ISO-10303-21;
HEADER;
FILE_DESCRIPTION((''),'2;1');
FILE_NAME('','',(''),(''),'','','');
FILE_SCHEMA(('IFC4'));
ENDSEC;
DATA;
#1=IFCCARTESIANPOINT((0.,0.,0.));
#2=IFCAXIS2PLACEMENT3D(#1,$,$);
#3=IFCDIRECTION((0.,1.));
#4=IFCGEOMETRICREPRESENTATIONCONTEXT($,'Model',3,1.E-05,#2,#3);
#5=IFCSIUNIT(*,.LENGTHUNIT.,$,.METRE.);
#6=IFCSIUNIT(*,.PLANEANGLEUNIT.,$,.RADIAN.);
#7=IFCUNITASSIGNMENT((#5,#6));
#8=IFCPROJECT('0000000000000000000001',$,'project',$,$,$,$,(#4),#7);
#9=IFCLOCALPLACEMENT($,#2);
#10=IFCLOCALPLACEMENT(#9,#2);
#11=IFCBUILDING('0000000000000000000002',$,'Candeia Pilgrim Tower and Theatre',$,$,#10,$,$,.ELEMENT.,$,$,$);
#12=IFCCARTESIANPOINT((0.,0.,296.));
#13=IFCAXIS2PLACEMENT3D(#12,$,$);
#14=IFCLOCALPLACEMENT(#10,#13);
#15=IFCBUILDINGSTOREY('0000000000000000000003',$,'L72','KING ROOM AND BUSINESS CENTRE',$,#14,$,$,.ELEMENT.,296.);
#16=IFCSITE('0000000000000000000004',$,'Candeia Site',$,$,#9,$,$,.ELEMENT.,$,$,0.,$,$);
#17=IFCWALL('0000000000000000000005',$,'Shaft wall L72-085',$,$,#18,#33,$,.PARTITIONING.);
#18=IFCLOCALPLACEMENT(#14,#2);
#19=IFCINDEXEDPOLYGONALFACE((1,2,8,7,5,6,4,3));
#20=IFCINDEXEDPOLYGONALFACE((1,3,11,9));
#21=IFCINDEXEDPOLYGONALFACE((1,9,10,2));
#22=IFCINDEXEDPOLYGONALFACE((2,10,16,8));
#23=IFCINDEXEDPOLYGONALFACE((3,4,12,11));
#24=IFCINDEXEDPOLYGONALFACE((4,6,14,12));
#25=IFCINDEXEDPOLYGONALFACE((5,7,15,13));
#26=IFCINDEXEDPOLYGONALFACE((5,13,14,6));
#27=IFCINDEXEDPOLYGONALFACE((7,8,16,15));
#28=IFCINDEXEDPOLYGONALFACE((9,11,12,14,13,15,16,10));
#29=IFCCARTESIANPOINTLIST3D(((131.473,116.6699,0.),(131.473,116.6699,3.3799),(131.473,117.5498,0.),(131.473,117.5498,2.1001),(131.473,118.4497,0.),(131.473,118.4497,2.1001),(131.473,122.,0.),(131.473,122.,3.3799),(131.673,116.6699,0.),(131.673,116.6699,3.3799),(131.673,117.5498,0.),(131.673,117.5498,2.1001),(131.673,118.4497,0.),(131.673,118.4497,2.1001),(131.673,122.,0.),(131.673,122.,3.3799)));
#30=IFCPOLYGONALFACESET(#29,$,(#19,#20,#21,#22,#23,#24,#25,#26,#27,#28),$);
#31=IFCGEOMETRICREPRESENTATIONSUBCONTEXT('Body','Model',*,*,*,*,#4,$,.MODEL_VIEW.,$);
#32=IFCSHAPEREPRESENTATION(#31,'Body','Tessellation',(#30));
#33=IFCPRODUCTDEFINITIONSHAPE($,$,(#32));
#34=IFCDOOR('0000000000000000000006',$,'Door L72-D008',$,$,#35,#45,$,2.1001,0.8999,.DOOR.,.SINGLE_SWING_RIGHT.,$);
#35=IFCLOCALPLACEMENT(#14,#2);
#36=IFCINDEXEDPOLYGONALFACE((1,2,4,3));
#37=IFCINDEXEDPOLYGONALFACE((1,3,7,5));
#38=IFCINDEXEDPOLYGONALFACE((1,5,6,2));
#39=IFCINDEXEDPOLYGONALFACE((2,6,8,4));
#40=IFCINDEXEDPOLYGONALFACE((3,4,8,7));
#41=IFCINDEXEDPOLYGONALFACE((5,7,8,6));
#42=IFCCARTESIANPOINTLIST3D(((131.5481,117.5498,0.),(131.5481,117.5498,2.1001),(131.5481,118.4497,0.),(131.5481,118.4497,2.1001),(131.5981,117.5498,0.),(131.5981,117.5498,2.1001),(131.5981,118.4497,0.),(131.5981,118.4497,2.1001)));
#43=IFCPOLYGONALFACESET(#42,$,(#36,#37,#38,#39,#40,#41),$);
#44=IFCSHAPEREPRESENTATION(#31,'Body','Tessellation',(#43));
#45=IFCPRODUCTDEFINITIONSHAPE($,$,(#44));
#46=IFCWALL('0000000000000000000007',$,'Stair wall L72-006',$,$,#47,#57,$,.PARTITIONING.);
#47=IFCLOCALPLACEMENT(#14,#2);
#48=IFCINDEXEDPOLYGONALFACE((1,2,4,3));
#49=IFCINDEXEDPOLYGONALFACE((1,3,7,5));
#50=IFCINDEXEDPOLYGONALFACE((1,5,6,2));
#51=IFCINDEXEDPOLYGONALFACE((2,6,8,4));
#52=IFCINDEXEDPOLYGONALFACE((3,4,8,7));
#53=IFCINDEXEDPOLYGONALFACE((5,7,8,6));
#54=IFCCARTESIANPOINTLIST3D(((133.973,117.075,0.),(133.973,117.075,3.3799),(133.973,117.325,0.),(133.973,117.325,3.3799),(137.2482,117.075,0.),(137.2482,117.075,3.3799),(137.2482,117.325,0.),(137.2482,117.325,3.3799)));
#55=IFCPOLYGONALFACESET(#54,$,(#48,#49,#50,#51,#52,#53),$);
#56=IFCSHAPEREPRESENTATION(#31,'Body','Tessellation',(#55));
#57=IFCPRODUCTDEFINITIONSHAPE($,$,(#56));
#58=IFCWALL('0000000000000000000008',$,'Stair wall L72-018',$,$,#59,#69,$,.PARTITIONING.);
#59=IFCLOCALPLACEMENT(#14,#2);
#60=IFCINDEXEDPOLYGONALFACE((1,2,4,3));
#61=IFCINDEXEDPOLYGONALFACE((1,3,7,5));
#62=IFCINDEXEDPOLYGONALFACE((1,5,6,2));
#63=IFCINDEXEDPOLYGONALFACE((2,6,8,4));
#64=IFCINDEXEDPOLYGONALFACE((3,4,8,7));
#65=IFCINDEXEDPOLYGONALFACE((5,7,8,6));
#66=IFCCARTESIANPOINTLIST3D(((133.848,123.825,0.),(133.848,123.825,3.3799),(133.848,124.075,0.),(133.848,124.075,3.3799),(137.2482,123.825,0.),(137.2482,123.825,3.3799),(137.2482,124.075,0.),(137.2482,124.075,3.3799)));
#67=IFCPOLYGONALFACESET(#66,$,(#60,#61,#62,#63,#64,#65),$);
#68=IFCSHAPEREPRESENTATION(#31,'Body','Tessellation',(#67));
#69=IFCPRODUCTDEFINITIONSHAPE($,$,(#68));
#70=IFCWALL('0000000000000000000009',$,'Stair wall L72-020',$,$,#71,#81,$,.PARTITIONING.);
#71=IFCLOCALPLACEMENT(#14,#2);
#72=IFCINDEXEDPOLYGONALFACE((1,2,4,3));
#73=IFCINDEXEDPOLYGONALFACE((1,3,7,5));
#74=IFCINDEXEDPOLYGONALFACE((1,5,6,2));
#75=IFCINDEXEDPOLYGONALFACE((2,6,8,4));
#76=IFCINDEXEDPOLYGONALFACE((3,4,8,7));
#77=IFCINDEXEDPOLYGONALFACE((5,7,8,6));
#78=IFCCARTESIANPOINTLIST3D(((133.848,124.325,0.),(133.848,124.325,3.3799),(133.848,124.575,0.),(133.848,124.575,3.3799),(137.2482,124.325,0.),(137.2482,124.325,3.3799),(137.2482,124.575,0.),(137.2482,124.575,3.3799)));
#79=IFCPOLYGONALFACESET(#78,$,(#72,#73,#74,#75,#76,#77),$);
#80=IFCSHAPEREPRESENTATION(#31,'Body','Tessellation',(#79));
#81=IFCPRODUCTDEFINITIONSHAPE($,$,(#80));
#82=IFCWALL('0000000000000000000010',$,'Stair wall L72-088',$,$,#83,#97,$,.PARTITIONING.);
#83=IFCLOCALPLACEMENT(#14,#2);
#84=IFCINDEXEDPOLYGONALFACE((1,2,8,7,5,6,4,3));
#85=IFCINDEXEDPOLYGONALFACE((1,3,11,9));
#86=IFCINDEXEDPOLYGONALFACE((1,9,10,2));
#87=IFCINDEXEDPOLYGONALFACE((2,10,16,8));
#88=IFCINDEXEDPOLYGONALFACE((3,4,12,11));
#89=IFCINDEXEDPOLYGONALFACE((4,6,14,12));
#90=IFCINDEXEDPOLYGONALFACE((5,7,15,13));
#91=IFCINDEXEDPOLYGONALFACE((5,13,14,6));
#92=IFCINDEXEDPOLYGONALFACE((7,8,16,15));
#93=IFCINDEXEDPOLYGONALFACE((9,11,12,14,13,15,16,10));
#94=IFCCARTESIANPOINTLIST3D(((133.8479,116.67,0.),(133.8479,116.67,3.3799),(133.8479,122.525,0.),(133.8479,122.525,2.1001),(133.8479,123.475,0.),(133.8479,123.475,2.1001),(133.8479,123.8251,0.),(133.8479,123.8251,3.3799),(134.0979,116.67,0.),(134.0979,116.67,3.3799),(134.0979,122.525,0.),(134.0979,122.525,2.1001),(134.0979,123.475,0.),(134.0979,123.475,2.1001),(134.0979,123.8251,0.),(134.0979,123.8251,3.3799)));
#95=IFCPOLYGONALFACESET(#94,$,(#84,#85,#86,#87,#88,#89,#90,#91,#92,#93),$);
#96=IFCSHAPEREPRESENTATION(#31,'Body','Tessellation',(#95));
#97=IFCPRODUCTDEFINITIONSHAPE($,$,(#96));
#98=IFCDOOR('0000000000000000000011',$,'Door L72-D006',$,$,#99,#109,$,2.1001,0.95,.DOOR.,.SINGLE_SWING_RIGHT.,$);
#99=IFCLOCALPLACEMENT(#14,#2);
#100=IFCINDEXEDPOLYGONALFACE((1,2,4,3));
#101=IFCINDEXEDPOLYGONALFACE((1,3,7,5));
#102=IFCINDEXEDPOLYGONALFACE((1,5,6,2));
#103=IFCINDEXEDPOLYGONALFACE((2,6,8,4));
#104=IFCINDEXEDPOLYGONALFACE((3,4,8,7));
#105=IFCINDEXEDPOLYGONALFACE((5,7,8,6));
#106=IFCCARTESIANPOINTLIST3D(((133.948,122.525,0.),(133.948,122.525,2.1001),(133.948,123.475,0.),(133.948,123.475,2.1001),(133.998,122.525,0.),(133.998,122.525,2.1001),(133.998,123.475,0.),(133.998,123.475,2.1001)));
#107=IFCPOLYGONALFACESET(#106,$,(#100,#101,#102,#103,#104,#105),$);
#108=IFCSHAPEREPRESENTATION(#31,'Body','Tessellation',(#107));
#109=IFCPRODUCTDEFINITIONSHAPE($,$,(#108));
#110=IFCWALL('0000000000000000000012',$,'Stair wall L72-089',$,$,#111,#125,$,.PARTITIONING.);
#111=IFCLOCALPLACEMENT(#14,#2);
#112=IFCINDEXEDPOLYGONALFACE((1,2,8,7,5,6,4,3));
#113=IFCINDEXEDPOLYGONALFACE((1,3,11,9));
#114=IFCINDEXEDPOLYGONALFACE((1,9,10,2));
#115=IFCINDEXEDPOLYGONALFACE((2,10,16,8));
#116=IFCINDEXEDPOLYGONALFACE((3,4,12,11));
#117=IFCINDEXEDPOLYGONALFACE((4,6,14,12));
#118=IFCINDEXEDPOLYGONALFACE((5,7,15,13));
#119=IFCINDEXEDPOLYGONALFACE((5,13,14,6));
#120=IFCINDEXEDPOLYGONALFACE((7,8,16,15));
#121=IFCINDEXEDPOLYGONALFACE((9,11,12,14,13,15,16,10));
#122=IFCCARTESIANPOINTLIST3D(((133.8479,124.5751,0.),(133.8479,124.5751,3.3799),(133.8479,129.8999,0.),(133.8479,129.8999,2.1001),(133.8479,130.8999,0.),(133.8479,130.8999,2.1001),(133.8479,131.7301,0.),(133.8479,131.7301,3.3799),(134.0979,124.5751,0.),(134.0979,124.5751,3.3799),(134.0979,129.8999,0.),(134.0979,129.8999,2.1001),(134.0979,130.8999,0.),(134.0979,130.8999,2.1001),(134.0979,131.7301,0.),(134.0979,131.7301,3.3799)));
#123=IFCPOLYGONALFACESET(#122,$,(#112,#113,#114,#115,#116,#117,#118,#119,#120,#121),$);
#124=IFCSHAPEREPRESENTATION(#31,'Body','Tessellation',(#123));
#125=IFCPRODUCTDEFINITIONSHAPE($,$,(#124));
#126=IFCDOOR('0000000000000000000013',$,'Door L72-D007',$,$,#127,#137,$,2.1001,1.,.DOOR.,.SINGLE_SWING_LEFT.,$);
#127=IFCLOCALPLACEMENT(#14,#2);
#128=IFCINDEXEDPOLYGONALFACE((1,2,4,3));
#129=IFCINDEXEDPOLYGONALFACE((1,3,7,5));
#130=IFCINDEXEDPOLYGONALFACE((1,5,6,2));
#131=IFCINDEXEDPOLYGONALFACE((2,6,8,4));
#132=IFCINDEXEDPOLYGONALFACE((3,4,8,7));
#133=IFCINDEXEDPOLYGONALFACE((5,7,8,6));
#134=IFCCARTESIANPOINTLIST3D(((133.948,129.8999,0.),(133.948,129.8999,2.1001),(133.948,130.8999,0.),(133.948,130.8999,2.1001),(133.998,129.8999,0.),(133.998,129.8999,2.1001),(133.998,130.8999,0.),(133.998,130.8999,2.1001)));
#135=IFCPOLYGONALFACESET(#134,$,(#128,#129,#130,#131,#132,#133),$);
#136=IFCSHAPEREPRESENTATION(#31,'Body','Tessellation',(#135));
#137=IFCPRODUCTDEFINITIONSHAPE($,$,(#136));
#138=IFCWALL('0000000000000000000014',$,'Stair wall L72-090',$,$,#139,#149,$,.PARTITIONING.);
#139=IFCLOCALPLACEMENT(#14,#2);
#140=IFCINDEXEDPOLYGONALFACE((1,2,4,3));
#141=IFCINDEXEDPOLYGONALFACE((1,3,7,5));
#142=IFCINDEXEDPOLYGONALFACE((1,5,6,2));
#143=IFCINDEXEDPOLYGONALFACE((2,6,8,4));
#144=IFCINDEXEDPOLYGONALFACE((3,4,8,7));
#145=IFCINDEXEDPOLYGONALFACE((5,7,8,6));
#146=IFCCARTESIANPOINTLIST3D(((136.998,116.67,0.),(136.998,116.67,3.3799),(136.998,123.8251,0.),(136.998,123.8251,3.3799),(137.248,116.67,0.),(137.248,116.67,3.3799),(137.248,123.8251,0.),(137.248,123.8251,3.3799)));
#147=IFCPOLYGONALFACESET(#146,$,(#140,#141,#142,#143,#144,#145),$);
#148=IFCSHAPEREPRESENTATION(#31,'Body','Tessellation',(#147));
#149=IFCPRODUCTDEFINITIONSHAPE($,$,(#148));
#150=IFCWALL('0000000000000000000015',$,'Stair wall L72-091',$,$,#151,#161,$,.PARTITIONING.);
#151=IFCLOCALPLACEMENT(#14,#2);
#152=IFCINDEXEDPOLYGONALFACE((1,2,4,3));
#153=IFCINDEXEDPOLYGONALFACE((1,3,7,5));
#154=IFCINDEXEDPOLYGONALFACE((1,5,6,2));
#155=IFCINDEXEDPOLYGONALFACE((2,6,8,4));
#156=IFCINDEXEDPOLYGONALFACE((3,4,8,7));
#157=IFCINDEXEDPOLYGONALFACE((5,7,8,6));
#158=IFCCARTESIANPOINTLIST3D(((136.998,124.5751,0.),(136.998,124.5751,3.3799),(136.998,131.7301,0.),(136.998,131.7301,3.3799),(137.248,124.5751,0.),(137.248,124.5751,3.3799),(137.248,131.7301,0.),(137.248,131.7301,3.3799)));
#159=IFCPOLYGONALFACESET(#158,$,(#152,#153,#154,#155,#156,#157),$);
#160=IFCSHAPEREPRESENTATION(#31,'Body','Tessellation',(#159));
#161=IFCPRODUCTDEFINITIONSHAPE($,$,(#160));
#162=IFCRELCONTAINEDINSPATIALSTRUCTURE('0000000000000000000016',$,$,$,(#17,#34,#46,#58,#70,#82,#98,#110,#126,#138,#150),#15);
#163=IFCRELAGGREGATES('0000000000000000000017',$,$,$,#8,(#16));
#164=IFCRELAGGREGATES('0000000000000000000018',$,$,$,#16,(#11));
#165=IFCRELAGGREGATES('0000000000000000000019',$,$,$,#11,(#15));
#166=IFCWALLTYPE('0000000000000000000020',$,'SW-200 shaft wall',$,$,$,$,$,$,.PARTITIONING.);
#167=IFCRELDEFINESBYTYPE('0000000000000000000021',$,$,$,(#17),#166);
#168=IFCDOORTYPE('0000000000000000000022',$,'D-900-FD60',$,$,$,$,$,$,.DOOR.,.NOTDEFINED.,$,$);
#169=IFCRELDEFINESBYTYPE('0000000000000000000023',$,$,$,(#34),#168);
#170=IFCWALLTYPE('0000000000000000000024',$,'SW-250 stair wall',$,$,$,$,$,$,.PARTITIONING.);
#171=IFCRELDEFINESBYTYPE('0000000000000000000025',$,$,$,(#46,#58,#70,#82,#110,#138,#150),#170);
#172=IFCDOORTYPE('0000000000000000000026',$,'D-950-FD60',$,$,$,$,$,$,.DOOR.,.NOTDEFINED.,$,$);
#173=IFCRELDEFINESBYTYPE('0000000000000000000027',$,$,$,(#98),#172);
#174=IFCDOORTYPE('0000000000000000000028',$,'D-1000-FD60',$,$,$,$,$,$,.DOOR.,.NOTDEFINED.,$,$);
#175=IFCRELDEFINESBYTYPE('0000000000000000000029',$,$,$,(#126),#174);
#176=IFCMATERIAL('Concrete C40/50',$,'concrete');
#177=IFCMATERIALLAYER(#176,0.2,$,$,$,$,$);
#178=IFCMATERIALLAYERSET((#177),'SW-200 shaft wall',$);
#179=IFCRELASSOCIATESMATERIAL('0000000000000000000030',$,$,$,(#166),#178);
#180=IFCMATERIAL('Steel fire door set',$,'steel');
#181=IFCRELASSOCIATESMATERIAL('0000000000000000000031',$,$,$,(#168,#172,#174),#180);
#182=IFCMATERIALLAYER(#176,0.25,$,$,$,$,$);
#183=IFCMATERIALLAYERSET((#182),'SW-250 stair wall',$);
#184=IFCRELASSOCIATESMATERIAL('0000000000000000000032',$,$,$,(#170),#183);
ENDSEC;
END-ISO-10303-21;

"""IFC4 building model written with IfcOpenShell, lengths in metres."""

from ifc_helpers import new_model, si_unit, direction, frame, frame_2d, origin, place, context, subcontext, project, spatial, rectangle, extrude, material, layer, layer_set, type_object, element, fill, save


model = new_model("IFC4")

# Units and contexts
model_context = context("Model", 3, precision=1e-05, world=origin(), true_north=direction((0.0, 1.0)))
body_context = subcontext(model_context, "Body", "Model", "MODEL_VIEW")
ifc_project = project(units=[si_unit("LENGTHUNIT", "METRE"), si_unit("PLANEANGLEUNIT", "RADIAN")], contexts=[model_context])

# Site, building, storey
site_placement = place(None, origin())
site = spatial("IfcSite", under=ifc_project, at=site_placement, Name="Candeia Site", CompositionType="ELEMENT", RefElevation=0.0)
building_placement = place(site_placement, origin())
building = spatial("IfcBuilding", under=site, at=building_placement, Name="Candeia Pilgrim Tower and Theatre", CompositionType="ELEMENT")
storey_placement = place(building_placement, frame((0.0, 0.0, 296.0)))
storey = spatial("IfcBuildingStorey", under=building, at=storey_placement, Name="L72", Description="KING ROOM AND BUSINESS CENTRE", CompositionType="ELEMENT", Elevation=296.0)

# Shared definitions
ifc_material_1 = material(Name="Concrete C40/50", Category="concrete")

# Shared definitions
ifc_material_2 = material(Name="Steel fire door set", Category="steel")

# Shared definitions
ifc_layer_1 = layer(ifc_material_1, 0.2)
ifc_layer_set_1 = layer_set([ifc_layer_1], Name="SW-200 shaft wall")
wall_type_1 = type_object("IfcWallType", Name="SW-200 shaft wall", PredefinedType="PARTITIONING", material=ifc_layer_set_1)

# Wall, opening, door
wall_1_placement = place(storey_placement, frame((131.573, 116.6699, 0.0), z_axis=(0.0, 0.0, 1.0), x_axis=(0.0, 1.0, 0.0)))
wall_1 = element("IfcWall", 1, at=wall_1_placement, inside=storey, type_object=wall_type_1, Name="Shaft wall L72-085", PredefinedType="PARTITIONING", context=body_context, shape_type="SweptSolid", body=[
    extrude(rectangle(XDim=5.3301, YDim=0.2, at=frame_2d((2.665, 0.0))), origin(), (0.0, 0.0, 1.0), 3.3799),
])
opening_1_placement = place(wall_1_placement, frame((0.8799, 0.0, 0.0)))
opening_1 = element("IfcOpeningElement", 2, at=opening_1_placement, cuts=wall_1, PredefinedType="OPENING", context=body_context, shape_type="SweptSolid", body=[
    extrude(rectangle(XDim=0.8999, YDim=2.1001, at=frame_2d((0.45, 1.05))), frame((0.0, 0.1099, 0.0), z_axis=(0.0, -1.0, 0.0), x_axis=(1.0, 0.0, 0.0)), (0.0, 0.0, 1.0), 0.22),
])
door_type_1 = type_object("IfcDoorType", Name="D-900-FD60", OperationType="NOTDEFINED", PredefinedType="DOOR", material=ifc_material_2)
door_1_placement = place(opening_1_placement, origin())
door_1 = element("IfcDoor", 3, at=door_1_placement, inside=storey, type_object=door_type_1, Name="Door L72-D008", OperationType="SINGLE_SWING_RIGHT", OverallHeight=2.1001, OverallWidth=0.8999, PredefinedType="DOOR", context=body_context, shape_type="SweptSolid", body=[
    extrude(rectangle(XDim=0.8999, YDim=2.1001, at=frame_2d((0.45, 1.05))), frame((0.0, 0.0249, 0.0), z_axis=(0.0, -1.0, 0.0), x_axis=(1.0, 0.0, 0.0)), (0.0, 0.0, 1.0), 0.05),
])
fill(opening_1, door_1)

# Walls
ifc_layer_2 = layer(ifc_material_1, 0.25)
ifc_layer_set_2 = layer_set([ifc_layer_2], Name="SW-250 stair wall")
wall_type_2 = type_object("IfcWallType", Name="SW-250 stair wall", PredefinedType="PARTITIONING", material=ifc_layer_set_2)
wall_2_placement = place(storey_placement, frame((133.9729, 117.2, 0.0), z_axis=(0.0, 0.0, 1.0), x_axis=(1.0, 0.0, 0.0)))
element("IfcWall", 4, at=wall_2_placement, inside=storey, type_object=wall_type_2, Name="Stair wall L72-006", PredefinedType="PARTITIONING", context=body_context, shape_type="SweptSolid", body=[
    extrude(rectangle(XDim=3.2751, YDim=0.25, at=frame_2d((1.6377, 0.0))), origin(), (0.0, 0.0, 1.0), 3.3799),
])
for number, where, z_axis, x_axis, name in (
    (5, (133.8479, 123.95, 0.0), (0.0, 0.0, 1.0), (1.0, 0.0, 0.0), "Stair wall L72-018"),
    (6, (133.8479, 124.45, 0.0), (0.0, 0.0, 1.0), (1.0, 0.0, 0.0), "Stair wall L72-020"),
):
    element("IfcWall", number, at=place(storey_placement, frame(where, z_axis=z_axis, x_axis=x_axis)), inside=storey, type_object=wall_type_2, Name=name, PredefinedType="PARTITIONING", context=body_context, shape_type="SweptSolid", body=[
        extrude(rectangle(XDim=3.4001, YDim=0.25, at=frame_2d((1.7002, 0.0))), origin(), (0.0, 0.0, 1.0), 3.3799),
    ])

# Walls, openings, doors
wall_3_placement = place(storey_placement, frame((133.9729, 116.6699, 0.0), z_axis=(0.0, 0.0, 1.0), x_axis=(0.0, 1.0, 0.0)))
wall_3 = element("IfcWall", 7, at=wall_3_placement, inside=storey, type_object=wall_type_2, Name="Stair wall L72-088", PredefinedType="PARTITIONING", context=body_context, shape_type="SweptSolid", body=[
    extrude(rectangle(XDim=7.155, YDim=0.25, at=frame_2d((3.5776, 0.0))), origin(), (0.0, 0.0, 1.0), 3.3799),
])
opening_2_placement = place(wall_3_placement, frame((5.855, 0.0, 0.0)))
opening_2 = element("IfcOpeningElement", 8, at=opening_2_placement, cuts=wall_3, PredefinedType="OPENING", context=body_context, shape_type="SweptSolid", body=[
    extrude(rectangle(XDim=0.95, YDim=2.1001, at=frame_2d((0.4751, 1.05))), frame((0.0, 0.135, 0.0), z_axis=(0.0, -1.0, 0.0), x_axis=(1.0, 0.0, 0.0)), (0.0, 0.0, 1.0), 0.27),
])
door_type_2 = type_object("IfcDoorType", Name="D-950-FD60", OperationType="NOTDEFINED", PredefinedType="DOOR", material=ifc_material_2)
door_2_placement = place(opening_2_placement, origin())
door_2 = element("IfcDoor", 9, at=door_2_placement, inside=storey, type_object=door_type_2, Name="Door L72-D006", OperationType="SINGLE_SWING_RIGHT", OverallHeight=2.1001, OverallWidth=0.95, PredefinedType="DOOR", context=body_context, shape_type="SweptSolid", body=[
    extrude(rectangle(XDim=0.95, YDim=2.1001, at=frame_2d((0.4751, 1.05))), frame((0.0, 0.0249, 0.0), z_axis=(0.0, -1.0, 0.0), x_axis=(1.0, 0.0, 0.0)), (0.0, 0.0, 1.0), 0.05),
])
fill(opening_2, door_2)
wall_4_placement = place(storey_placement, frame((133.9729, 124.575, 0.0), z_axis=(0.0, 0.0, 1.0), x_axis=(0.0, 1.0, 0.0)))
wall_4 = element("IfcWall", 10, at=wall_4_placement, inside=storey, type_object=wall_type_2, Name="Stair wall L72-089", PredefinedType="PARTITIONING", context=body_context, shape_type="SweptSolid", body=[
    extrude(rectangle(XDim=7.155, YDim=0.25, at=frame_2d((3.5776, 0.0))), origin(), (0.0, 0.0, 1.0), 3.3799),
])
opening_3_placement = place(wall_4_placement, frame((5.325, 0.0, 0.0)))
opening_3 = element("IfcOpeningElement", 11, at=opening_3_placement, cuts=wall_4, PredefinedType="OPENING", context=body_context, shape_type="SweptSolid", body=[
    extrude(rectangle(XDim=1.0, YDim=2.1001, at=frame_2d((0.5, 1.05))), frame((0.0, 0.135, 0.0), z_axis=(0.0, -1.0, 0.0), x_axis=(1.0, 0.0, 0.0)), (0.0, 0.0, 1.0), 0.27),
])
door_type_3 = type_object("IfcDoorType", Name="D-1000-FD60", OperationType="NOTDEFINED", PredefinedType="DOOR", material=ifc_material_2)
door_3_placement = place(opening_3_placement, origin())
door_3 = element("IfcDoor", 12, at=door_3_placement, inside=storey, type_object=door_type_3, Name="Door L72-D007", OperationType="SINGLE_SWING_LEFT", OverallHeight=2.1001, OverallWidth=1.0, PredefinedType="DOOR", context=body_context, shape_type="SweptSolid", body=[
    extrude(rectangle(XDim=1.0, YDim=2.1001, at=frame_2d((0.5, 1.05))), frame((0.0, 0.0249, 0.0), z_axis=(0.0, -1.0, 0.0), x_axis=(1.0, 0.0, 0.0)), (0.0, 0.0, 1.0), 0.05),
])
fill(opening_3, door_3)

# Walls
for number, where, z_axis, x_axis, name in (
    (13, (137.123, 116.6699, 0.0), (0.0, 0.0, 1.0), (0.0, 1.0, 0.0), "Stair wall L72-090"),
    (14, (137.123, 124.575, 0.0), (0.0, 0.0, 1.0), (0.0, 1.0, 0.0), "Stair wall L72-091"),
):
    element("IfcWall", number, at=place(storey_placement, frame(where, z_axis=z_axis, x_axis=x_axis)), inside=storey, type_object=wall_type_2, Name=name, PredefinedType="PARTITIONING", context=body_context, shape_type="SweptSolid", body=[
        extrude(rectangle(XDim=7.155, YDim=0.25, at=frame_2d((3.5776, 0.0))), origin(), (0.0, 0.0, 1.0), 3.3799),
    ])

save(model, "model.ifc")
